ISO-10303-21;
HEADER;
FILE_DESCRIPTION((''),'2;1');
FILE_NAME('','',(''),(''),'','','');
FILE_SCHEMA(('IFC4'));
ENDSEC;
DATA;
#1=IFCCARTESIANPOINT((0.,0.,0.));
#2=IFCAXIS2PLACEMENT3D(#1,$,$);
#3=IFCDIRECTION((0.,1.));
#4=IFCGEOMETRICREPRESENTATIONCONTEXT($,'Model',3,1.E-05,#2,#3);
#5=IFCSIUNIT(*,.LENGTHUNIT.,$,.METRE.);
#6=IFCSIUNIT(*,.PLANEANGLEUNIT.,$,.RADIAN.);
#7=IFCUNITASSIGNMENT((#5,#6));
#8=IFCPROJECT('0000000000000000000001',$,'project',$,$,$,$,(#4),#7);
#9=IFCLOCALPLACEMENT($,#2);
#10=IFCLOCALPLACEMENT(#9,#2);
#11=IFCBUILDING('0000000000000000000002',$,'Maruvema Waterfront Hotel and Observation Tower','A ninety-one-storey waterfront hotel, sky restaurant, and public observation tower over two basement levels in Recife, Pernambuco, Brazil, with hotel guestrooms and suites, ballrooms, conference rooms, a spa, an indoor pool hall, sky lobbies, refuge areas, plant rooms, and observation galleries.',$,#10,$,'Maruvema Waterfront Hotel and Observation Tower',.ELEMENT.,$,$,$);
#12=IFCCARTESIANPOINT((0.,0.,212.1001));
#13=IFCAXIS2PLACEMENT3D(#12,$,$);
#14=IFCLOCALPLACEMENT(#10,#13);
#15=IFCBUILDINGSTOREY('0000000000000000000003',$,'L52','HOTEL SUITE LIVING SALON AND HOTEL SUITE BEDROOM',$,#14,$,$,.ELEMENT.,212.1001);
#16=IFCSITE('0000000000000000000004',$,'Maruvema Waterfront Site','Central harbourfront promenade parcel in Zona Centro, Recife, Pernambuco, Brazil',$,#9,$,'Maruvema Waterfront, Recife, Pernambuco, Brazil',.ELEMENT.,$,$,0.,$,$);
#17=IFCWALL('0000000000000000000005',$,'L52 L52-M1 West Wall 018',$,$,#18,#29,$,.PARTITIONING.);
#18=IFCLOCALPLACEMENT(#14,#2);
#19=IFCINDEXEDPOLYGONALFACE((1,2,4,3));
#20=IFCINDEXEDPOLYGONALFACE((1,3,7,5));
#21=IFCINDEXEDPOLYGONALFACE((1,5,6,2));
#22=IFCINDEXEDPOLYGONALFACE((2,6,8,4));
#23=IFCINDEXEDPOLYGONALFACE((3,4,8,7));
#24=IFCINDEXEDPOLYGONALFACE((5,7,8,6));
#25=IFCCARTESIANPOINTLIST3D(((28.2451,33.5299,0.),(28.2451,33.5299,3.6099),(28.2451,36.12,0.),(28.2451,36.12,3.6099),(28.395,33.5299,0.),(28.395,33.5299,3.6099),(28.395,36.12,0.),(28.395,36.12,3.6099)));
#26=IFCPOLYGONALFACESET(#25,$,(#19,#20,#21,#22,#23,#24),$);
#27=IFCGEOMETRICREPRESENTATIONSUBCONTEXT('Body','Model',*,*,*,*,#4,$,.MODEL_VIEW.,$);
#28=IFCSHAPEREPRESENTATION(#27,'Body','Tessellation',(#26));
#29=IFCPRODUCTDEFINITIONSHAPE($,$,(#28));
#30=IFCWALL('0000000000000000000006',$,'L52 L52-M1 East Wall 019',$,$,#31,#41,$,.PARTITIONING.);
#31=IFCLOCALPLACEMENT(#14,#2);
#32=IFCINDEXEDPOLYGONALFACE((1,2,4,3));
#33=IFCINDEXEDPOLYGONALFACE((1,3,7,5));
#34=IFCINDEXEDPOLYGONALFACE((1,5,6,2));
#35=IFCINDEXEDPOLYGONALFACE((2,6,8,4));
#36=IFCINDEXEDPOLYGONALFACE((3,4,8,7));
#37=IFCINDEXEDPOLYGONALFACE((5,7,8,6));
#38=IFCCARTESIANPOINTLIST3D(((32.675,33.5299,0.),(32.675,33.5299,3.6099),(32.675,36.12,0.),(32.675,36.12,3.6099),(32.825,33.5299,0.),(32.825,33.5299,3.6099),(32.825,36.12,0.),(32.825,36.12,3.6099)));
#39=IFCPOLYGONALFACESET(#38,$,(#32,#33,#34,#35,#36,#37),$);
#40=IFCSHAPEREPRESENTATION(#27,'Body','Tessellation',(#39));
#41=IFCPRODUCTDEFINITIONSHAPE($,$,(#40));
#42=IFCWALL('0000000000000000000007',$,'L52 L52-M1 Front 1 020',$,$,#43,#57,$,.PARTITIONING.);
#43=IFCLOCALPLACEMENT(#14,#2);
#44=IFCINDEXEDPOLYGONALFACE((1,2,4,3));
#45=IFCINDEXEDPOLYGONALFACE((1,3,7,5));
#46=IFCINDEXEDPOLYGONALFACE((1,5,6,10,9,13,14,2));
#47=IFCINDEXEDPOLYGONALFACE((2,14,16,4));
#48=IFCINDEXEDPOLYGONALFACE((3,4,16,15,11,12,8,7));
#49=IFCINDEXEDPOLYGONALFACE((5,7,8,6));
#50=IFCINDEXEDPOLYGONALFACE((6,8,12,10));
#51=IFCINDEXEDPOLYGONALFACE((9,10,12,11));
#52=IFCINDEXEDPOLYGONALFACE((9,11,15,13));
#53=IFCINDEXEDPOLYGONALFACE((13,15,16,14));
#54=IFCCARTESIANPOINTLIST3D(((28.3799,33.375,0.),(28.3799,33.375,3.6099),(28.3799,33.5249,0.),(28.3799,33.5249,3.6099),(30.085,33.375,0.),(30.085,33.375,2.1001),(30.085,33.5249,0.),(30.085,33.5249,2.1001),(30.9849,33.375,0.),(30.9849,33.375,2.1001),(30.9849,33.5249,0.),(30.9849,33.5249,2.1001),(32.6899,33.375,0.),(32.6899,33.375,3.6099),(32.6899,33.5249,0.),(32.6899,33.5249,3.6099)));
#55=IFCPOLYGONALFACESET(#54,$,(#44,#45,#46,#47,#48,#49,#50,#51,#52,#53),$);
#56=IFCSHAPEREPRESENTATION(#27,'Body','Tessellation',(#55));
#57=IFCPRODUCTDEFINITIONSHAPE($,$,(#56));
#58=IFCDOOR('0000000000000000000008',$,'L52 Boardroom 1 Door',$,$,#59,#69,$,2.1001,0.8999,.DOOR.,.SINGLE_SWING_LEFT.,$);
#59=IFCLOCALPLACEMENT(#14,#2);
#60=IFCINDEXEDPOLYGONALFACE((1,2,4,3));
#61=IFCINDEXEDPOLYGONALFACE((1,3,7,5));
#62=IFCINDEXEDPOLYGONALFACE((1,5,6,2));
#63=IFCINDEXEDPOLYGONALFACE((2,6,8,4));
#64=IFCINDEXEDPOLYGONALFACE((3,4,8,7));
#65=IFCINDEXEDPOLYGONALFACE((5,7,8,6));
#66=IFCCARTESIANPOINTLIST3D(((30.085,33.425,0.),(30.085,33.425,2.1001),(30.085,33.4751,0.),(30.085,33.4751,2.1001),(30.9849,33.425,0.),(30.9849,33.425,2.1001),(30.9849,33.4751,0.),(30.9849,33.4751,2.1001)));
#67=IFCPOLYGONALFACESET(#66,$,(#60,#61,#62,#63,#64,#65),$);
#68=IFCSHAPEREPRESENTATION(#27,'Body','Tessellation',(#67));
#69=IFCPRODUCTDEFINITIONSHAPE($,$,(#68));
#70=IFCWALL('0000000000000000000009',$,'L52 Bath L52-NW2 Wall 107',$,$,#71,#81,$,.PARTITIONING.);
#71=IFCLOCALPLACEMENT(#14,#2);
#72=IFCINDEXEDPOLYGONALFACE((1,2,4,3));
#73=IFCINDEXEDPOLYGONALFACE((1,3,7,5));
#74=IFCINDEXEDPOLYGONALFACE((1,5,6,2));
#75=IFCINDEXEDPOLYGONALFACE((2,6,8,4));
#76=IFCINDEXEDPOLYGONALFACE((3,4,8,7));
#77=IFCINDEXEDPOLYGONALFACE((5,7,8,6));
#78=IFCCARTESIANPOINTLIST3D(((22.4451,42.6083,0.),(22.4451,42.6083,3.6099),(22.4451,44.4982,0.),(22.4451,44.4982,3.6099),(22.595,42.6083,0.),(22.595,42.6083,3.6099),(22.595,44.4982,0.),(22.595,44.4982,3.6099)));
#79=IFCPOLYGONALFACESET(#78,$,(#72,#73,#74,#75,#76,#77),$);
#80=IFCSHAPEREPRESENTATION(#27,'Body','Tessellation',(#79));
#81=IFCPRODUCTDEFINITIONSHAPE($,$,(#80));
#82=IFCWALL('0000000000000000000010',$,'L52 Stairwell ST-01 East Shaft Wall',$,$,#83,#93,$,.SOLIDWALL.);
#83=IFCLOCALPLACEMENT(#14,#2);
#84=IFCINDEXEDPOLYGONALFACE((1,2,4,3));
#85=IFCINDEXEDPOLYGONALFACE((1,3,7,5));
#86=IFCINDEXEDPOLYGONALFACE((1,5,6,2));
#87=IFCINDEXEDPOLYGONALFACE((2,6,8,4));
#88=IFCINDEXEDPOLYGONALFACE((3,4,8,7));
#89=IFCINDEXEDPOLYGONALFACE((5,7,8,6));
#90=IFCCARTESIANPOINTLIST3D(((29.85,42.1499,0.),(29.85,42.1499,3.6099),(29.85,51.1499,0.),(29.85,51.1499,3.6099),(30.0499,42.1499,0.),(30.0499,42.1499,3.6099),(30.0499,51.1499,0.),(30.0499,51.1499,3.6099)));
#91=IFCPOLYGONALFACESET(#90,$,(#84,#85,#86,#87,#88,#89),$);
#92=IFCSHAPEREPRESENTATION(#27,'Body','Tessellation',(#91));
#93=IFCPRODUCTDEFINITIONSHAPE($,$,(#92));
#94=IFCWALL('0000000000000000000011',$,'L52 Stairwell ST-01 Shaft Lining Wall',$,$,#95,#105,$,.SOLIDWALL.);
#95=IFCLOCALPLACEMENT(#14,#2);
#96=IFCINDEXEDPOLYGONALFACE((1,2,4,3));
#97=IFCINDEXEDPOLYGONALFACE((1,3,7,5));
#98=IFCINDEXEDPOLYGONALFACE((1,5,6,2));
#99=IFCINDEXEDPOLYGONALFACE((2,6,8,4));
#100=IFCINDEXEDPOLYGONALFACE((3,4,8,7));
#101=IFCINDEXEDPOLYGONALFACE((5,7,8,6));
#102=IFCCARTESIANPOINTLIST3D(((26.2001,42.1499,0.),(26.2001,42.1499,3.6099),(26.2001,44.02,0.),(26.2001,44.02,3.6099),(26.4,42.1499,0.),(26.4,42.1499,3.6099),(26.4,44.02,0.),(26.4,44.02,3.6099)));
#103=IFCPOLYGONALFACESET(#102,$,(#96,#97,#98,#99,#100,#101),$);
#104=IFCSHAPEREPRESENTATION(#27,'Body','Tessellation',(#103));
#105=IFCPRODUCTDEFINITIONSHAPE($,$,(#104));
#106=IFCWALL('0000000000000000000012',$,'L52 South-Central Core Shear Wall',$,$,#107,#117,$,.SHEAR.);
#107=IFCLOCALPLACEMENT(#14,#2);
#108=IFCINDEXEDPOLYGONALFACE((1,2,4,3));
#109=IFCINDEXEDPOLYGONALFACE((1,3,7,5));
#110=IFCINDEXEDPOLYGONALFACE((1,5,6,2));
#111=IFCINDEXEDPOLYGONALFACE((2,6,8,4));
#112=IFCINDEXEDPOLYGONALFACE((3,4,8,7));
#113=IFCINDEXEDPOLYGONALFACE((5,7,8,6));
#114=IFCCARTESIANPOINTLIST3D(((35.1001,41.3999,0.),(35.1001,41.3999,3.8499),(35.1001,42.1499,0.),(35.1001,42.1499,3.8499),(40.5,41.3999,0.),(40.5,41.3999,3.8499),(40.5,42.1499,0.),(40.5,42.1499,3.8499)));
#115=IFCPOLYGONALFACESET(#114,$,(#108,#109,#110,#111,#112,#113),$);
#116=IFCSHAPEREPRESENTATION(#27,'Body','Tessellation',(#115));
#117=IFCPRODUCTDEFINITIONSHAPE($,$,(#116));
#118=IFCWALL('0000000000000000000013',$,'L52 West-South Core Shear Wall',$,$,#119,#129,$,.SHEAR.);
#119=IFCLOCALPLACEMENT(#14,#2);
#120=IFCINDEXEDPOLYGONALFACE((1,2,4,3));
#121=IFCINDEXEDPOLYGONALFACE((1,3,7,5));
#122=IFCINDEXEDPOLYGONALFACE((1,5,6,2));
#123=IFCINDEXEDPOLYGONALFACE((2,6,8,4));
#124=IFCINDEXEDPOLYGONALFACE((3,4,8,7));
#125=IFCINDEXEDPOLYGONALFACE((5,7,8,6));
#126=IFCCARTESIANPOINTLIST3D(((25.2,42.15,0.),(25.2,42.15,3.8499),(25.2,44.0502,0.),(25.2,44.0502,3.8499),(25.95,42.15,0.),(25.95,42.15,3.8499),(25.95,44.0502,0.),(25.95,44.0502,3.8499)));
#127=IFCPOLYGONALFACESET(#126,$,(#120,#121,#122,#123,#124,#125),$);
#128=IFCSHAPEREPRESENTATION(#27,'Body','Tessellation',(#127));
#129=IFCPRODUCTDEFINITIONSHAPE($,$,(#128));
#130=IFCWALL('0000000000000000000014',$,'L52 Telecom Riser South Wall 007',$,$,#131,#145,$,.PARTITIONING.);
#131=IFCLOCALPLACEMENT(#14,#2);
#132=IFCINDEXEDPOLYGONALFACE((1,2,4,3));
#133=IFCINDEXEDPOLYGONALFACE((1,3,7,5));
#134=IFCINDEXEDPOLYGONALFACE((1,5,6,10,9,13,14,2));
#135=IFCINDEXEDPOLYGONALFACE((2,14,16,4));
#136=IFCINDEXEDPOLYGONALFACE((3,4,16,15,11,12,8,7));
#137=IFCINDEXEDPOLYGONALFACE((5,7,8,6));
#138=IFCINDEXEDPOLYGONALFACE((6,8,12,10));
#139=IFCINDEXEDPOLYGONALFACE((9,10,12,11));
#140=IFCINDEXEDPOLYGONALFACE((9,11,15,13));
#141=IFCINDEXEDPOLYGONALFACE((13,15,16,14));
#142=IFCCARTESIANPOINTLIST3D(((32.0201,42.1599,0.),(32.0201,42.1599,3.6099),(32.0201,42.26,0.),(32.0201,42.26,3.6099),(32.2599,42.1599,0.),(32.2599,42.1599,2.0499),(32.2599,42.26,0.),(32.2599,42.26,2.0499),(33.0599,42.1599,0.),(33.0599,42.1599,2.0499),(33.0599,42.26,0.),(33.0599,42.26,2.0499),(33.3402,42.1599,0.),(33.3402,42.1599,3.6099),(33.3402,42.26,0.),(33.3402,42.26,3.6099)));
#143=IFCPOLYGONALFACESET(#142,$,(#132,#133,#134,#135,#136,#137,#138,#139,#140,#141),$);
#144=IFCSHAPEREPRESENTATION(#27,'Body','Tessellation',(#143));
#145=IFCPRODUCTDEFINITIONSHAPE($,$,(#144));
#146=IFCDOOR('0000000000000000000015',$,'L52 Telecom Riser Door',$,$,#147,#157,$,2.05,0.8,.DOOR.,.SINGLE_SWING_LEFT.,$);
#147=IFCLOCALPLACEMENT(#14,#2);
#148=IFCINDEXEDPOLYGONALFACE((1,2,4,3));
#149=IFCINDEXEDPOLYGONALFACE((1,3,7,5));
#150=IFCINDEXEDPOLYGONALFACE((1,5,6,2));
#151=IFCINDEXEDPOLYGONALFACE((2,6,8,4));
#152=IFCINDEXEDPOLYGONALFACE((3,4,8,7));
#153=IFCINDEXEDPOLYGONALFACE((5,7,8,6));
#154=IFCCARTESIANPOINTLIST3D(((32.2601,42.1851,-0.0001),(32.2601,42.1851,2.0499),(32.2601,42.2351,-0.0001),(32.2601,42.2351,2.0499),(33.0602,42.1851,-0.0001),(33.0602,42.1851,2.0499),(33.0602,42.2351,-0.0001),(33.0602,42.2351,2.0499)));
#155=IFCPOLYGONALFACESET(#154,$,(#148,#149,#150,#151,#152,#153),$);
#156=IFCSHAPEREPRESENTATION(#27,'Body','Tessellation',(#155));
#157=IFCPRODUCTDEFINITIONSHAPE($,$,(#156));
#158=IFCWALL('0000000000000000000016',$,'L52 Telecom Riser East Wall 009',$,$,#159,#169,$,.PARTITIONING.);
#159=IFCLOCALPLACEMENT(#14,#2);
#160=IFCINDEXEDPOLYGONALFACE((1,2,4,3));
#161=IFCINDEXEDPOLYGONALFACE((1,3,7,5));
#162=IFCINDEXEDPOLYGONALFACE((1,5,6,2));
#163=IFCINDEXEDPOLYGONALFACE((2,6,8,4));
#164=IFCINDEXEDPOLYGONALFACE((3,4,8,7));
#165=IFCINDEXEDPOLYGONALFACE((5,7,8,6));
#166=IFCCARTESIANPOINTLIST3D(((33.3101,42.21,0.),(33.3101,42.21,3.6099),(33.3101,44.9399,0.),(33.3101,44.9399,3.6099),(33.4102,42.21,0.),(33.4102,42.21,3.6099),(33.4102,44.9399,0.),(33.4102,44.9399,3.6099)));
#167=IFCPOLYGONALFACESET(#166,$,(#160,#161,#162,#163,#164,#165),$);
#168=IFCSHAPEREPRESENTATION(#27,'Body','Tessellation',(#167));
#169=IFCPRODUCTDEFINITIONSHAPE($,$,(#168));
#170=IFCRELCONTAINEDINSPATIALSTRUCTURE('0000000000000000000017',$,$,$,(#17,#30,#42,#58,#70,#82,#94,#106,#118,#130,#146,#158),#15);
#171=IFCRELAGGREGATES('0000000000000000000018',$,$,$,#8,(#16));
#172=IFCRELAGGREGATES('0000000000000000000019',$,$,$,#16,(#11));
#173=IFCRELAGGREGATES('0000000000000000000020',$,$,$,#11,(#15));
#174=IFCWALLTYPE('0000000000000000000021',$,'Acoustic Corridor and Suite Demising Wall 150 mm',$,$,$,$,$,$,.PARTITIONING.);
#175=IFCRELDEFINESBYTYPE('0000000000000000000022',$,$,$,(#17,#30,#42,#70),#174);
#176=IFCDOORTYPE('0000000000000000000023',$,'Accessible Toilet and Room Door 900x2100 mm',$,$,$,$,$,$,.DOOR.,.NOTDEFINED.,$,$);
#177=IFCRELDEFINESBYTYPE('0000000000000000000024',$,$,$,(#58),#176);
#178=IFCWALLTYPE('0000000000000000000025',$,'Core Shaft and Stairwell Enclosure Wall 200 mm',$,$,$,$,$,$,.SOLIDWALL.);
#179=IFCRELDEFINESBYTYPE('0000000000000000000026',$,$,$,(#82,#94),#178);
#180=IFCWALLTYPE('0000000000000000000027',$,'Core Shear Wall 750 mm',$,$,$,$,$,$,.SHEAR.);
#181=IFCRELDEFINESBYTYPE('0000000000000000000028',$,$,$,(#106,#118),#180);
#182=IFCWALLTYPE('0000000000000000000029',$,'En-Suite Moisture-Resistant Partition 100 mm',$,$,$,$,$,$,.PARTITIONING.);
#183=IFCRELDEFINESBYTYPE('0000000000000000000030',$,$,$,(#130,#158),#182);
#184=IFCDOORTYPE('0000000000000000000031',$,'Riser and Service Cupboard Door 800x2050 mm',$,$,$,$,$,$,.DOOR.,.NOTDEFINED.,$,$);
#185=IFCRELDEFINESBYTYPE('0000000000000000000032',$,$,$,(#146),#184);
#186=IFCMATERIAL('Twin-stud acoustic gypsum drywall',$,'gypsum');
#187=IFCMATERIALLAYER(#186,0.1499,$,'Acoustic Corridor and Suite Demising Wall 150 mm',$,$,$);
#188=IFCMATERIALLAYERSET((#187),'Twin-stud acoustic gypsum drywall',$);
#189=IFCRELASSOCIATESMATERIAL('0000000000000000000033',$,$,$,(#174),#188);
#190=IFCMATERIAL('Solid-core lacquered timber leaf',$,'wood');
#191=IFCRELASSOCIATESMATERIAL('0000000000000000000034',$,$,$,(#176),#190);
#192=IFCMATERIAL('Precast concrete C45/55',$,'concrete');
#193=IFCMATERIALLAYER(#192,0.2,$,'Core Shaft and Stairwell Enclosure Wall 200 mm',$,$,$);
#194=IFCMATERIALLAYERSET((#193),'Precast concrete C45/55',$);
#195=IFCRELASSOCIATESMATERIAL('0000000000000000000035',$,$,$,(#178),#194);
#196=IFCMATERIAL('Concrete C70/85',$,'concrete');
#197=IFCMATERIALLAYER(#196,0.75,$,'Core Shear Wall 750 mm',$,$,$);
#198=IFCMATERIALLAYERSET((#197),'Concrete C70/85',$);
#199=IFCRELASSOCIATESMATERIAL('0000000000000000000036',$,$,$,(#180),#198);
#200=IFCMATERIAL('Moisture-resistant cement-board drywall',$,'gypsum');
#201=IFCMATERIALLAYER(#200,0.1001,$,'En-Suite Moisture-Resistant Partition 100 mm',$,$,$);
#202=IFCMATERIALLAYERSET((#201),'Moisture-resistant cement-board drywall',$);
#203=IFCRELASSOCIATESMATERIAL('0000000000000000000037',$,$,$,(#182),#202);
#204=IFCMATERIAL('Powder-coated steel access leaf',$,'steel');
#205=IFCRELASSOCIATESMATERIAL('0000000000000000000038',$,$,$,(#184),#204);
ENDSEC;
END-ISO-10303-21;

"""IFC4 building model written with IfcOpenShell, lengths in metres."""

from ifc_helpers import new_model, si_unit, direction, frame, frame_2d, origin, place, context, subcontext, project, spatial, rectangle, extrude, material, layer, layer_set, type_object, element, fill, save


model = new_model("IFC4")

# Units and contexts
model_context = context("Model", 3, precision=1e-05, world=origin(), true_north=direction((0.0, 1.0)))
body_context = subcontext(model_context, "Body", "Model", "MODEL_VIEW")
ifc_project = project(units=[si_unit("LENGTHUNIT", "METRE"), si_unit("PLANEANGLEUNIT", "RADIAN")], contexts=[model_context])

# Site, building, storey
site_placement = place(None, origin())
site = spatial("IfcSite", under=ifc_project, at=site_placement, Name="Maruvema Waterfront Site", Description="Central harbourfront promenade parcel in Zona Centro, Recife, Pernambuco, Brazil", LongName="Maruvema Waterfront, Recife, Pernambuco, Brazil", CompositionType="ELEMENT", RefElevation=0.0)
building_placement = place(site_placement, origin())
building = spatial("IfcBuilding", under=site, at=building_placement, Name="Maruvema Waterfront Hotel and Observation Tower", Description="A ninety-one-storey waterfront hotel, sky restaurant, and public observation tower over two basement levels in Recife, Pernambuco, Brazil, with hotel guestrooms and suites, ballrooms, conference rooms, a spa, an indoor pool hall, sky lobbies, refuge areas, plant rooms, and observation galleries.", LongName="Maruvema Waterfront Hotel and Observation Tower", CompositionType="ELEMENT")
storey_placement = place(building_placement, frame((0.0, 0.0, 212.1001)))
storey = spatial("IfcBuildingStorey", under=building, at=storey_placement, Name="L52", Description="HOTEL SUITE LIVING SALON AND HOTEL SUITE BEDROOM", CompositionType="ELEMENT", Elevation=212.1001)

# Walls
ifc_material_1 = material(Name="Twin-stud acoustic gypsum drywall", Category="gypsum")
ifc_layer_1 = layer(ifc_material_1, 0.1499, Name="Acoustic Corridor and Suite Demising Wall 150 mm")
ifc_layer_set_1 = layer_set([ifc_layer_1], Name="Twin-stud acoustic gypsum drywall")
wall_type_1 = type_object("IfcWallType", Name="Acoustic Corridor and Suite Demising Wall 150 mm", PredefinedType="PARTITIONING", material=ifc_layer_set_1)
for number, where, z_axis, x_axis, name in (
    (1, (28.3201, 33.53, 0.0), (0.0, 0.0, 1.0), (0.0, 1.0, 0.0), "L52 L52-M1 West Wall 018"),
    (2, (32.75, 33.53, 0.0), (0.0, 0.0, 1.0), (0.0, 1.0, 0.0), "L52 L52-M1 East Wall 019"),
):
    element("IfcWall", number, at=place(storey_placement, frame(where, z_axis=z_axis, x_axis=x_axis)), inside=storey, type_object=wall_type_1, Name=name, PredefinedType="PARTITIONING", context=body_context, shape_type="SweptSolid", body=[
        extrude(rectangle(XDim=2.5901, YDim=0.1499, at=frame_2d((1.2949, 0.0))), origin(), (0.0, 0.0, 1.0), 3.6099),
    ])

# Wall, opening, door
wall_1_placement = place(storey_placement, frame((28.3799, 33.45, 0.0), z_axis=(0.0, 0.0, 1.0), x_axis=(1.0, 0.0, 0.0)))
wall_1 = element("IfcWall", 3, at=wall_1_placement, inside=storey, type_object=wall_type_1, Name="L52 L52-M1 Front 1 020", PredefinedType="PARTITIONING", context=body_context, shape_type="SweptSolid", body=[
    extrude(rectangle(XDim=4.3101, YDim=0.1499, at=frame_2d((2.155, 0.0))), origin(), (0.0, 0.0, 1.0), 3.6099),
])
opening_1_placement = place(wall_1_placement, frame((1.7051, 0.0, 0.0)))
opening_1 = element("IfcOpeningElement", 4, at=opening_1_placement, cuts=wall_1, PredefinedType="OPENING", context=body_context, shape_type="SweptSolid", body=[
    extrude(rectangle(XDim=0.8999, YDim=2.1001, at=frame_2d((0.45, 1.05))), frame((0.0, 0.085, 0.0), z_axis=(0.0, -1.0, 0.0), x_axis=(1.0, 0.0, 0.0)), (0.0, 0.0, 1.0), 0.1699),
])
ifc_material_2 = material(Name="Solid-core lacquered timber leaf", Category="wood")
door_type_1 = type_object("IfcDoorType", Name="Accessible Toilet and Room Door 900x2100 mm", OperationType="NOTDEFINED", PredefinedType="DOOR", material=ifc_material_2)
door_1_placement = place(opening_1_placement, frame((0.8999, 0.0, 0.0), z_axis=(0.0, 0.0, 1.0), x_axis=(-1.0, 0.0, 0.0)))
door_1 = element("IfcDoor", 5, at=door_1_placement, inside=storey, type_object=door_type_1, Name="L52 Boardroom 1 Door", OperationType="SINGLE_SWING_LEFT", OverallHeight=2.1001, OverallWidth=0.8999, PredefinedType="DOOR", context=body_context, shape_type="SweptSolid", body=[
    extrude(rectangle(XDim=0.8999, YDim=2.1001, at=frame_2d((0.45, 1.05))), frame((0.0, 0.0249, 0.0), z_axis=(0.0, -1.0, 0.0), x_axis=(1.0, 0.0, 0.0)), (0.0, 0.0, 1.0), 0.05),
])
fill(opening_1, door_1)

# Walls
wall_2_placement = place(storey_placement, frame((22.52, 42.6084, 0.0), z_axis=(0.0, 0.0, 1.0), x_axis=(0.0, 1.0, 0.0)))
element("IfcWall", 6, at=wall_2_placement, inside=storey, type_object=wall_type_1, Name="L52 Bath L52-NW2 Wall 107", PredefinedType="PARTITIONING", context=body_context, shape_type="SweptSolid", body=[
    extrude(rectangle(XDim=1.8899, YDim=0.1499, at=frame_2d((0.9448, 0.0))), origin(), (0.0, 0.0, 1.0), 3.6099),
])
ifc_material_3 = material(Name="Precast concrete C45/55", Category="concrete")
ifc_layer_2 = layer(ifc_material_3, 0.2, Name="Core Shaft and Stairwell Enclosure Wall 200 mm")
ifc_layer_set_2 = layer_set([ifc_layer_2], Name="Precast concrete C45/55")
wall_type_2 = type_object("IfcWallType", Name="Core Shaft and Stairwell Enclosure Wall 200 mm", PredefinedType="SOLIDWALL", material=ifc_layer_set_2)
wall_3_placement = place(storey_placement, frame((29.95, 42.1499, 0.0), z_axis=(0.0, 0.0, 1.0), x_axis=(0.0, 1.0, 0.0)))
element("IfcWall", 7, at=wall_3_placement, inside=storey, type_object=wall_type_2, Name="L52 Stairwell ST-01 East Shaft Wall", PredefinedType="SOLIDWALL", context=body_context, shape_type="SweptSolid", body=[
    extrude(rectangle(XDim=9.0, YDim=0.2, at=frame_2d((4.5, 0.0))), origin(), (0.0, 0.0, 1.0), 3.6099),
])
wall_4_placement = place(storey_placement, frame((26.3, 42.1499, 0.0), z_axis=(0.0, 0.0, 1.0), x_axis=(0.0, 1.0, 0.0)))
element("IfcWall", 8, at=wall_4_placement, inside=storey, type_object=wall_type_2, Name="L52 Stairwell ST-01 Shaft Lining Wall", PredefinedType="SOLIDWALL", context=body_context, shape_type="SweptSolid", body=[
    extrude(rectangle(XDim=1.8701, YDim=0.2, at=frame_2d((0.9351, 0.0))), origin(), (0.0, 0.0, 1.0), 3.6099),
])

# Shared definitions
ifc_material_4 = material(Name="Concrete C70/85", Category="concrete")
ifc_layer_3 = layer(ifc_material_4, 0.75, Name="Core Shear Wall 750 mm")
ifc_layer_set_3 = layer_set([ifc_layer_3], Name="Concrete C70/85")
wall_type_3 = type_object("IfcWallType", Name="Core Shear Wall 750 mm", PredefinedType="SHEAR", material=ifc_layer_set_3)

# Walls
wall_5_placement = place(storey_placement, frame((35.1001, 41.7749, 0.0), z_axis=(0.0, 0.0, 1.0), x_axis=(1.0, 0.0, 0.0)))
element("IfcWall", 9, at=wall_5_placement, inside=storey, type_object=wall_type_3, Name="L52 South-Central Core Shear Wall", PredefinedType="SHEAR", context=body_context, shape_type="SweptSolid", body=[
    extrude(rectangle(XDim=5.3999, YDim=0.75, at=frame_2d((2.7, 0.0))), origin(), (0.0, 0.0, 1.0), 3.8499),
])
wall_6_placement = place(storey_placement, frame((25.575, 42.1499, 0.0), z_axis=(0.0, 0.0, 1.0), x_axis=(0.0, 1.0, 0.0)))
element("IfcWall", 10, at=wall_6_placement, inside=storey, type_object=wall_type_3, Name="L52 West-South Core Shear Wall", PredefinedType="SHEAR", context=body_context, shape_type="SweptSolid", body=[
    extrude(rectangle(XDim=1.9001, YDim=0.75, at=frame_2d((0.9502, 0.0))), origin(), (0.0, 0.0, 1.0), 3.8499),
])

# Wall, opening, door
ifc_material_5 = material(Name="Moisture-resistant cement-board drywall", Category="gypsum")
ifc_layer_4 = layer(ifc_material_5, 0.1001, Name="En-Suite Moisture-Resistant Partition 100 mm")
ifc_layer_set_4 = layer_set([ifc_layer_4], Name="Moisture-resistant cement-board drywall")
wall_type_4 = type_object("IfcWallType", Name="En-Suite Moisture-Resistant Partition 100 mm", PredefinedType="PARTITIONING", material=ifc_layer_set_4)
wall_7_placement = place(storey_placement, frame((32.02, 42.21, 0.0), z_axis=(0.0, 0.0, 1.0), x_axis=(1.0, 0.0, 0.0)))
wall_7 = element("IfcWall", 11, at=wall_7_placement, inside=storey, type_object=wall_type_4, Name="L52 Telecom Riser South Wall 007", PredefinedType="PARTITIONING", context=body_context, shape_type="SweptSolid", body=[
    extrude(rectangle(XDim=1.3201, YDim=0.1001, at=frame_2d((0.6602, 0.0))), origin(), (0.0, 0.0, 1.0), 3.6099),
])
opening_2_placement = place(wall_7_placement, frame((0.24, 0.0, 0.0)))
opening_2 = element("IfcOpeningElement", 12, at=opening_2_placement, cuts=wall_7, PredefinedType="OPENING", context=body_context, shape_type="SweptSolid", body=[
    extrude(rectangle(XDim=0.8, YDim=2.05, at=frame_2d((0.3999, 1.0249))), frame((0.0, 0.0601, 0.0), z_axis=(0.0, -1.0, 0.0), x_axis=(1.0, 0.0, 0.0)), (0.0, 0.0, 1.0), 0.1201),
])
ifc_material_6 = material(Name="Powder-coated steel access leaf", Category="steel")
door_type_2 = type_object("IfcDoorType", Name="Riser and Service Cupboard Door 800x2050 mm", OperationType="NOTDEFINED", PredefinedType="DOOR", material=ifc_material_6)
door_2_placement = place(opening_2_placement, frame((0.8, 0.0, 0.0), z_axis=(0.0, 0.0, 1.0), x_axis=(-1.0, 0.0, 0.0)))
door_2 = element("IfcDoor", 13, at=door_2_placement, inside=storey, type_object=door_type_2, Name="L52 Telecom Riser Door", OperationType="SINGLE_SWING_LEFT", OverallHeight=2.05, OverallWidth=0.8, PredefinedType="DOOR", context=body_context, shape_type="SweptSolid", body=[
    extrude(rectangle(XDim=0.8, YDim=2.05, at=frame_2d((0.3999, 1.0249))), frame((0.0, 0.0249, 0.0), z_axis=(0.0, -1.0, 0.0), x_axis=(1.0, 0.0, 0.0)), (0.0, 0.0, 1.0), 0.05),
])
fill(opening_2, door_2)

# Wall
wall_8_placement = place(storey_placement, frame((33.3601, 42.21, 0.0), z_axis=(0.0, 0.0, 1.0), x_axis=(0.0, 1.0, 0.0)))
element("IfcWall", 14, at=wall_8_placement, inside=storey, type_object=wall_type_4, Name="L52 Telecom Riser East Wall 009", PredefinedType="PARTITIONING", context=body_context, shape_type="SweptSolid", body=[
    extrude(rectangle(XDim=2.73, YDim=0.1001, at=frame_2d((1.365, 0.0))), origin(), (0.0, 0.0, 1.0), 3.6099),
])

save(model, "model.ifc")
